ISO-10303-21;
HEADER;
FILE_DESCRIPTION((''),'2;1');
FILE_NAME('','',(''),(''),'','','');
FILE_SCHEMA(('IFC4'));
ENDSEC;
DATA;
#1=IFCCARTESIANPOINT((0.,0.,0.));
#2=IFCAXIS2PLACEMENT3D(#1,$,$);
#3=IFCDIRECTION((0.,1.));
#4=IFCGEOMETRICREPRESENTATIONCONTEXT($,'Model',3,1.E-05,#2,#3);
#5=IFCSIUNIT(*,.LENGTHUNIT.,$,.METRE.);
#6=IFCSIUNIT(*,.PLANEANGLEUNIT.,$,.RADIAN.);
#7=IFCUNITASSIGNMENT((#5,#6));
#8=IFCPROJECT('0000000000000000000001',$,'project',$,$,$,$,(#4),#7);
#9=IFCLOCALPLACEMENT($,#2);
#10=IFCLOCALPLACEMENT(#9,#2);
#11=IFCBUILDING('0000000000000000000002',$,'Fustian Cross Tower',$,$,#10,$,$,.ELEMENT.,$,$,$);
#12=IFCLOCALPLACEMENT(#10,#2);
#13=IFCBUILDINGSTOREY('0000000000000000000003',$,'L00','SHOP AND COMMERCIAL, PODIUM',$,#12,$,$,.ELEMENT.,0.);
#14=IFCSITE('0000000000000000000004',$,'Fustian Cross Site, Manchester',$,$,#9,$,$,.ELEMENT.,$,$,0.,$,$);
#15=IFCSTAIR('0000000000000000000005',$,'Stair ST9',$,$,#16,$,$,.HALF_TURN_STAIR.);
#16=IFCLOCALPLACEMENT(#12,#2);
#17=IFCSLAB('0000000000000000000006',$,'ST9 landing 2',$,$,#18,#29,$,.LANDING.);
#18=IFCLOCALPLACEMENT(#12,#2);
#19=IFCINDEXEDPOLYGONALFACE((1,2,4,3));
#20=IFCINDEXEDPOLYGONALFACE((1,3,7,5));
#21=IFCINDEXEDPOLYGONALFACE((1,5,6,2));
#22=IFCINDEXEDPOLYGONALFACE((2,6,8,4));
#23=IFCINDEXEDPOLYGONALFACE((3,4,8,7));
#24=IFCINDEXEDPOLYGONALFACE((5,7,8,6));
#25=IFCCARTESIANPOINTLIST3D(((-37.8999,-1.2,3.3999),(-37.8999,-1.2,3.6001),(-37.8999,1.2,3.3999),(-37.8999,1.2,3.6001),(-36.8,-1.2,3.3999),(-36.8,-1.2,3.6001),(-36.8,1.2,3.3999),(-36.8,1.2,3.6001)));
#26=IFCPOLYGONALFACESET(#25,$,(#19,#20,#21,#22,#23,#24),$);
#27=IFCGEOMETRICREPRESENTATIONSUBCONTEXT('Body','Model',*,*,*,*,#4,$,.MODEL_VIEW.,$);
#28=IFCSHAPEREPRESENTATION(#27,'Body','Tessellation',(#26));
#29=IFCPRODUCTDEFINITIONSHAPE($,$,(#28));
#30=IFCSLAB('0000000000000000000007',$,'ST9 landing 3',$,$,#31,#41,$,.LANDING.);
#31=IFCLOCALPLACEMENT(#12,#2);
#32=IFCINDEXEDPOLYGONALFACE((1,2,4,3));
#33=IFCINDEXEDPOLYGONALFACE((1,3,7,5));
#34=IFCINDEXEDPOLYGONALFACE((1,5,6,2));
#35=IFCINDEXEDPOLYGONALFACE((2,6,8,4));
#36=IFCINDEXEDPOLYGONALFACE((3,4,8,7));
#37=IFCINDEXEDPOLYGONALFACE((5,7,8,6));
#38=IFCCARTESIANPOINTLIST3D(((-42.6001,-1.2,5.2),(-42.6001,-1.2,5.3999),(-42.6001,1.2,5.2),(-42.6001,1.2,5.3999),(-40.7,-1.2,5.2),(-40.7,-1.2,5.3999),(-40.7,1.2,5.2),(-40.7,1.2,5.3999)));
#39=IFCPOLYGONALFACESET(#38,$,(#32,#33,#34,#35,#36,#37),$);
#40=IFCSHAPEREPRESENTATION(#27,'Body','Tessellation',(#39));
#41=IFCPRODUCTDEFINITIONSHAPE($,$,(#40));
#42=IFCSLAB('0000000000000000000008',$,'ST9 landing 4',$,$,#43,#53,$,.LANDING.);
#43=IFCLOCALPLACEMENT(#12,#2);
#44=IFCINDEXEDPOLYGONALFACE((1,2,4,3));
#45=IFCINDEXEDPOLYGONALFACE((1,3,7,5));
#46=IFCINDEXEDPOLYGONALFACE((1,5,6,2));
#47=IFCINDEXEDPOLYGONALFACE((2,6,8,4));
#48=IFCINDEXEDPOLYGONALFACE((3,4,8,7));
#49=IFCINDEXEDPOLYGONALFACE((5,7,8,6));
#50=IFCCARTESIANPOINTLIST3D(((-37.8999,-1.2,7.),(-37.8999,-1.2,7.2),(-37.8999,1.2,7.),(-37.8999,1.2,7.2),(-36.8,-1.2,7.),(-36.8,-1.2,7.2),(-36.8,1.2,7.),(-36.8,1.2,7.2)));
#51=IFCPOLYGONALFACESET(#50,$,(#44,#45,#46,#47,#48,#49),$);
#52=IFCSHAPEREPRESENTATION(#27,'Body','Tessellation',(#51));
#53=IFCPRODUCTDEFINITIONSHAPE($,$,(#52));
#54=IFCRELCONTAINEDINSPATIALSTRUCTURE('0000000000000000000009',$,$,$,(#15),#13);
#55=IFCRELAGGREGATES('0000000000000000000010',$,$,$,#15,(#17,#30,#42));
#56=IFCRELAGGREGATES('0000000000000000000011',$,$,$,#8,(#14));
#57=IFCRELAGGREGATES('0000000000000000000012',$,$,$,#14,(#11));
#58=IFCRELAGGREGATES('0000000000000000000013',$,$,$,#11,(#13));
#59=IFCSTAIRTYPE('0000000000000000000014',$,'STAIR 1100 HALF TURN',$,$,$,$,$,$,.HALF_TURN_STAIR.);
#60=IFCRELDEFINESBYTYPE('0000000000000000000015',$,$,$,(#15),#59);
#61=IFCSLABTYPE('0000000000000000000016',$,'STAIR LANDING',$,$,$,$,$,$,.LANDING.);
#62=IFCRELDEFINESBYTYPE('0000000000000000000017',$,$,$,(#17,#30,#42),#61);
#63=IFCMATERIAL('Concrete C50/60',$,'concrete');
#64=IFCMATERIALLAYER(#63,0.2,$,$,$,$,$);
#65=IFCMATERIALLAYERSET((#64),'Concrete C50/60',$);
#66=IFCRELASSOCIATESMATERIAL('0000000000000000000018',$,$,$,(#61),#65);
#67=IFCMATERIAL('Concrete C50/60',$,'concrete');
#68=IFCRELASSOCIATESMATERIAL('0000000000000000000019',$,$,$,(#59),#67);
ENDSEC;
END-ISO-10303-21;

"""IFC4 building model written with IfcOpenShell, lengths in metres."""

from ifc_helpers import new_model, si_unit, direction, frame, origin, place, context, subcontext, project, spatial, polyline, outline, extrude, material, layer, layer_set, type_object, element, aggregate, save


model = new_model("IFC4")

# Units and contexts
model_context = context("Model", 3, precision=1e-05, world=origin(), true_north=direction((0.0, 1.0)))
body_context = subcontext(model_context, "Body", "Model", "MODEL_VIEW")
ifc_project = project(units=[si_unit("LENGTHUNIT", "METRE"), si_unit("PLANEANGLEUNIT", "RADIAN")], contexts=[model_context])

# Site, building, storey
site_placement = place(None, origin())
site = spatial("IfcSite", under=ifc_project, at=site_placement, Name="Fustian Cross Site, Manchester", CompositionType="ELEMENT", RefElevation=0.0)
building_placement = place(site_placement, origin())
building = spatial("IfcBuilding", under=site, at=building_placement, Name="Fustian Cross Tower", CompositionType="ELEMENT")
storey_placement = place(building_placement, origin())
storey = spatial("IfcBuildingStorey", under=building, at=storey_placement, Name="L00", Description="SHOP AND COMMERCIAL, PODIUM", CompositionType="ELEMENT", Elevation=0.0)

# Stair, slabs
ifc_material_1 = material(Name="Concrete C50/60", Category="concrete")
ifc_layer_1 = layer(ifc_material_1, 0.2)
ifc_layer_set_1 = layer_set([ifc_layer_1], Name="Concrete C50/60")
slab_type = type_object("IfcSlabType", Name="STAIR LANDING", PredefinedType="LANDING", material=ifc_layer_set_1)
ifc_material_2 = material(Name="Concrete C50/60", Category="concrete")
stair_type_1 = type_object("IfcStairType", Name="STAIR 1100 HALF TURN", PredefinedType="HALF_TURN_STAIR", material=ifc_material_2)
stair_1_placement = place(storey_placement, origin())
stair_1 = element("IfcStair", 1, at=stair_1_placement, inside=storey, type_object=stair_type_1, Name="Stair ST9", PredefinedType="HALF_TURN_STAIR")
slab_1_placement = place(storey_placement, frame((0.0, 0.0, 3.3999)))
slab_1 = element("IfcSlab", 2, at=slab_1_placement, type_object=slab_type, Name="ST9 landing 2", PredefinedType="LANDING", context=body_context, shape_type="SweptSolid", body=[
    extrude(outline(polyline([(-36.8, -1.2), (-37.8999, -1.2), (-37.8999, 1.2), (-36.8, 1.2), (-36.8, -1.2)])), origin(), (0.0, 0.0, 1.0), 0.2002),
])
slab_2_placement = place(storey_placement, frame((0.0, 0.0, 5.2)))
slab_2 = element("IfcSlab", 3, at=slab_2_placement, type_object=slab_type, Name="ST9 landing 3", PredefinedType="LANDING", context=body_context, shape_type="SweptSolid", body=[
    extrude(outline(polyline([(-40.7, -1.2), (-42.6001, -1.2), (-42.6001, 1.2), (-40.7, 1.2), (-40.7, -1.2)])), origin(), (0.0, 0.0, 1.0), 0.2),
])
slab_3_placement = place(storey_placement, frame((0.0, 0.0, 7.0)))
slab_3 = element("IfcSlab", 4, at=slab_3_placement, type_object=slab_type, Name="ST9 landing 4", PredefinedType="LANDING", context=body_context, shape_type="SweptSolid", body=[
    extrude(outline(polyline([(-36.8, -1.2), (-37.8999, -1.2), (-37.8999, 1.2), (-36.8, 1.2), (-36.8, -1.2)])), origin(), (0.0, 0.0, 1.0), 0.2),
])
aggregate(stair_1, [slab_1, slab_2, slab_3])

save(model, "model.ifc")
